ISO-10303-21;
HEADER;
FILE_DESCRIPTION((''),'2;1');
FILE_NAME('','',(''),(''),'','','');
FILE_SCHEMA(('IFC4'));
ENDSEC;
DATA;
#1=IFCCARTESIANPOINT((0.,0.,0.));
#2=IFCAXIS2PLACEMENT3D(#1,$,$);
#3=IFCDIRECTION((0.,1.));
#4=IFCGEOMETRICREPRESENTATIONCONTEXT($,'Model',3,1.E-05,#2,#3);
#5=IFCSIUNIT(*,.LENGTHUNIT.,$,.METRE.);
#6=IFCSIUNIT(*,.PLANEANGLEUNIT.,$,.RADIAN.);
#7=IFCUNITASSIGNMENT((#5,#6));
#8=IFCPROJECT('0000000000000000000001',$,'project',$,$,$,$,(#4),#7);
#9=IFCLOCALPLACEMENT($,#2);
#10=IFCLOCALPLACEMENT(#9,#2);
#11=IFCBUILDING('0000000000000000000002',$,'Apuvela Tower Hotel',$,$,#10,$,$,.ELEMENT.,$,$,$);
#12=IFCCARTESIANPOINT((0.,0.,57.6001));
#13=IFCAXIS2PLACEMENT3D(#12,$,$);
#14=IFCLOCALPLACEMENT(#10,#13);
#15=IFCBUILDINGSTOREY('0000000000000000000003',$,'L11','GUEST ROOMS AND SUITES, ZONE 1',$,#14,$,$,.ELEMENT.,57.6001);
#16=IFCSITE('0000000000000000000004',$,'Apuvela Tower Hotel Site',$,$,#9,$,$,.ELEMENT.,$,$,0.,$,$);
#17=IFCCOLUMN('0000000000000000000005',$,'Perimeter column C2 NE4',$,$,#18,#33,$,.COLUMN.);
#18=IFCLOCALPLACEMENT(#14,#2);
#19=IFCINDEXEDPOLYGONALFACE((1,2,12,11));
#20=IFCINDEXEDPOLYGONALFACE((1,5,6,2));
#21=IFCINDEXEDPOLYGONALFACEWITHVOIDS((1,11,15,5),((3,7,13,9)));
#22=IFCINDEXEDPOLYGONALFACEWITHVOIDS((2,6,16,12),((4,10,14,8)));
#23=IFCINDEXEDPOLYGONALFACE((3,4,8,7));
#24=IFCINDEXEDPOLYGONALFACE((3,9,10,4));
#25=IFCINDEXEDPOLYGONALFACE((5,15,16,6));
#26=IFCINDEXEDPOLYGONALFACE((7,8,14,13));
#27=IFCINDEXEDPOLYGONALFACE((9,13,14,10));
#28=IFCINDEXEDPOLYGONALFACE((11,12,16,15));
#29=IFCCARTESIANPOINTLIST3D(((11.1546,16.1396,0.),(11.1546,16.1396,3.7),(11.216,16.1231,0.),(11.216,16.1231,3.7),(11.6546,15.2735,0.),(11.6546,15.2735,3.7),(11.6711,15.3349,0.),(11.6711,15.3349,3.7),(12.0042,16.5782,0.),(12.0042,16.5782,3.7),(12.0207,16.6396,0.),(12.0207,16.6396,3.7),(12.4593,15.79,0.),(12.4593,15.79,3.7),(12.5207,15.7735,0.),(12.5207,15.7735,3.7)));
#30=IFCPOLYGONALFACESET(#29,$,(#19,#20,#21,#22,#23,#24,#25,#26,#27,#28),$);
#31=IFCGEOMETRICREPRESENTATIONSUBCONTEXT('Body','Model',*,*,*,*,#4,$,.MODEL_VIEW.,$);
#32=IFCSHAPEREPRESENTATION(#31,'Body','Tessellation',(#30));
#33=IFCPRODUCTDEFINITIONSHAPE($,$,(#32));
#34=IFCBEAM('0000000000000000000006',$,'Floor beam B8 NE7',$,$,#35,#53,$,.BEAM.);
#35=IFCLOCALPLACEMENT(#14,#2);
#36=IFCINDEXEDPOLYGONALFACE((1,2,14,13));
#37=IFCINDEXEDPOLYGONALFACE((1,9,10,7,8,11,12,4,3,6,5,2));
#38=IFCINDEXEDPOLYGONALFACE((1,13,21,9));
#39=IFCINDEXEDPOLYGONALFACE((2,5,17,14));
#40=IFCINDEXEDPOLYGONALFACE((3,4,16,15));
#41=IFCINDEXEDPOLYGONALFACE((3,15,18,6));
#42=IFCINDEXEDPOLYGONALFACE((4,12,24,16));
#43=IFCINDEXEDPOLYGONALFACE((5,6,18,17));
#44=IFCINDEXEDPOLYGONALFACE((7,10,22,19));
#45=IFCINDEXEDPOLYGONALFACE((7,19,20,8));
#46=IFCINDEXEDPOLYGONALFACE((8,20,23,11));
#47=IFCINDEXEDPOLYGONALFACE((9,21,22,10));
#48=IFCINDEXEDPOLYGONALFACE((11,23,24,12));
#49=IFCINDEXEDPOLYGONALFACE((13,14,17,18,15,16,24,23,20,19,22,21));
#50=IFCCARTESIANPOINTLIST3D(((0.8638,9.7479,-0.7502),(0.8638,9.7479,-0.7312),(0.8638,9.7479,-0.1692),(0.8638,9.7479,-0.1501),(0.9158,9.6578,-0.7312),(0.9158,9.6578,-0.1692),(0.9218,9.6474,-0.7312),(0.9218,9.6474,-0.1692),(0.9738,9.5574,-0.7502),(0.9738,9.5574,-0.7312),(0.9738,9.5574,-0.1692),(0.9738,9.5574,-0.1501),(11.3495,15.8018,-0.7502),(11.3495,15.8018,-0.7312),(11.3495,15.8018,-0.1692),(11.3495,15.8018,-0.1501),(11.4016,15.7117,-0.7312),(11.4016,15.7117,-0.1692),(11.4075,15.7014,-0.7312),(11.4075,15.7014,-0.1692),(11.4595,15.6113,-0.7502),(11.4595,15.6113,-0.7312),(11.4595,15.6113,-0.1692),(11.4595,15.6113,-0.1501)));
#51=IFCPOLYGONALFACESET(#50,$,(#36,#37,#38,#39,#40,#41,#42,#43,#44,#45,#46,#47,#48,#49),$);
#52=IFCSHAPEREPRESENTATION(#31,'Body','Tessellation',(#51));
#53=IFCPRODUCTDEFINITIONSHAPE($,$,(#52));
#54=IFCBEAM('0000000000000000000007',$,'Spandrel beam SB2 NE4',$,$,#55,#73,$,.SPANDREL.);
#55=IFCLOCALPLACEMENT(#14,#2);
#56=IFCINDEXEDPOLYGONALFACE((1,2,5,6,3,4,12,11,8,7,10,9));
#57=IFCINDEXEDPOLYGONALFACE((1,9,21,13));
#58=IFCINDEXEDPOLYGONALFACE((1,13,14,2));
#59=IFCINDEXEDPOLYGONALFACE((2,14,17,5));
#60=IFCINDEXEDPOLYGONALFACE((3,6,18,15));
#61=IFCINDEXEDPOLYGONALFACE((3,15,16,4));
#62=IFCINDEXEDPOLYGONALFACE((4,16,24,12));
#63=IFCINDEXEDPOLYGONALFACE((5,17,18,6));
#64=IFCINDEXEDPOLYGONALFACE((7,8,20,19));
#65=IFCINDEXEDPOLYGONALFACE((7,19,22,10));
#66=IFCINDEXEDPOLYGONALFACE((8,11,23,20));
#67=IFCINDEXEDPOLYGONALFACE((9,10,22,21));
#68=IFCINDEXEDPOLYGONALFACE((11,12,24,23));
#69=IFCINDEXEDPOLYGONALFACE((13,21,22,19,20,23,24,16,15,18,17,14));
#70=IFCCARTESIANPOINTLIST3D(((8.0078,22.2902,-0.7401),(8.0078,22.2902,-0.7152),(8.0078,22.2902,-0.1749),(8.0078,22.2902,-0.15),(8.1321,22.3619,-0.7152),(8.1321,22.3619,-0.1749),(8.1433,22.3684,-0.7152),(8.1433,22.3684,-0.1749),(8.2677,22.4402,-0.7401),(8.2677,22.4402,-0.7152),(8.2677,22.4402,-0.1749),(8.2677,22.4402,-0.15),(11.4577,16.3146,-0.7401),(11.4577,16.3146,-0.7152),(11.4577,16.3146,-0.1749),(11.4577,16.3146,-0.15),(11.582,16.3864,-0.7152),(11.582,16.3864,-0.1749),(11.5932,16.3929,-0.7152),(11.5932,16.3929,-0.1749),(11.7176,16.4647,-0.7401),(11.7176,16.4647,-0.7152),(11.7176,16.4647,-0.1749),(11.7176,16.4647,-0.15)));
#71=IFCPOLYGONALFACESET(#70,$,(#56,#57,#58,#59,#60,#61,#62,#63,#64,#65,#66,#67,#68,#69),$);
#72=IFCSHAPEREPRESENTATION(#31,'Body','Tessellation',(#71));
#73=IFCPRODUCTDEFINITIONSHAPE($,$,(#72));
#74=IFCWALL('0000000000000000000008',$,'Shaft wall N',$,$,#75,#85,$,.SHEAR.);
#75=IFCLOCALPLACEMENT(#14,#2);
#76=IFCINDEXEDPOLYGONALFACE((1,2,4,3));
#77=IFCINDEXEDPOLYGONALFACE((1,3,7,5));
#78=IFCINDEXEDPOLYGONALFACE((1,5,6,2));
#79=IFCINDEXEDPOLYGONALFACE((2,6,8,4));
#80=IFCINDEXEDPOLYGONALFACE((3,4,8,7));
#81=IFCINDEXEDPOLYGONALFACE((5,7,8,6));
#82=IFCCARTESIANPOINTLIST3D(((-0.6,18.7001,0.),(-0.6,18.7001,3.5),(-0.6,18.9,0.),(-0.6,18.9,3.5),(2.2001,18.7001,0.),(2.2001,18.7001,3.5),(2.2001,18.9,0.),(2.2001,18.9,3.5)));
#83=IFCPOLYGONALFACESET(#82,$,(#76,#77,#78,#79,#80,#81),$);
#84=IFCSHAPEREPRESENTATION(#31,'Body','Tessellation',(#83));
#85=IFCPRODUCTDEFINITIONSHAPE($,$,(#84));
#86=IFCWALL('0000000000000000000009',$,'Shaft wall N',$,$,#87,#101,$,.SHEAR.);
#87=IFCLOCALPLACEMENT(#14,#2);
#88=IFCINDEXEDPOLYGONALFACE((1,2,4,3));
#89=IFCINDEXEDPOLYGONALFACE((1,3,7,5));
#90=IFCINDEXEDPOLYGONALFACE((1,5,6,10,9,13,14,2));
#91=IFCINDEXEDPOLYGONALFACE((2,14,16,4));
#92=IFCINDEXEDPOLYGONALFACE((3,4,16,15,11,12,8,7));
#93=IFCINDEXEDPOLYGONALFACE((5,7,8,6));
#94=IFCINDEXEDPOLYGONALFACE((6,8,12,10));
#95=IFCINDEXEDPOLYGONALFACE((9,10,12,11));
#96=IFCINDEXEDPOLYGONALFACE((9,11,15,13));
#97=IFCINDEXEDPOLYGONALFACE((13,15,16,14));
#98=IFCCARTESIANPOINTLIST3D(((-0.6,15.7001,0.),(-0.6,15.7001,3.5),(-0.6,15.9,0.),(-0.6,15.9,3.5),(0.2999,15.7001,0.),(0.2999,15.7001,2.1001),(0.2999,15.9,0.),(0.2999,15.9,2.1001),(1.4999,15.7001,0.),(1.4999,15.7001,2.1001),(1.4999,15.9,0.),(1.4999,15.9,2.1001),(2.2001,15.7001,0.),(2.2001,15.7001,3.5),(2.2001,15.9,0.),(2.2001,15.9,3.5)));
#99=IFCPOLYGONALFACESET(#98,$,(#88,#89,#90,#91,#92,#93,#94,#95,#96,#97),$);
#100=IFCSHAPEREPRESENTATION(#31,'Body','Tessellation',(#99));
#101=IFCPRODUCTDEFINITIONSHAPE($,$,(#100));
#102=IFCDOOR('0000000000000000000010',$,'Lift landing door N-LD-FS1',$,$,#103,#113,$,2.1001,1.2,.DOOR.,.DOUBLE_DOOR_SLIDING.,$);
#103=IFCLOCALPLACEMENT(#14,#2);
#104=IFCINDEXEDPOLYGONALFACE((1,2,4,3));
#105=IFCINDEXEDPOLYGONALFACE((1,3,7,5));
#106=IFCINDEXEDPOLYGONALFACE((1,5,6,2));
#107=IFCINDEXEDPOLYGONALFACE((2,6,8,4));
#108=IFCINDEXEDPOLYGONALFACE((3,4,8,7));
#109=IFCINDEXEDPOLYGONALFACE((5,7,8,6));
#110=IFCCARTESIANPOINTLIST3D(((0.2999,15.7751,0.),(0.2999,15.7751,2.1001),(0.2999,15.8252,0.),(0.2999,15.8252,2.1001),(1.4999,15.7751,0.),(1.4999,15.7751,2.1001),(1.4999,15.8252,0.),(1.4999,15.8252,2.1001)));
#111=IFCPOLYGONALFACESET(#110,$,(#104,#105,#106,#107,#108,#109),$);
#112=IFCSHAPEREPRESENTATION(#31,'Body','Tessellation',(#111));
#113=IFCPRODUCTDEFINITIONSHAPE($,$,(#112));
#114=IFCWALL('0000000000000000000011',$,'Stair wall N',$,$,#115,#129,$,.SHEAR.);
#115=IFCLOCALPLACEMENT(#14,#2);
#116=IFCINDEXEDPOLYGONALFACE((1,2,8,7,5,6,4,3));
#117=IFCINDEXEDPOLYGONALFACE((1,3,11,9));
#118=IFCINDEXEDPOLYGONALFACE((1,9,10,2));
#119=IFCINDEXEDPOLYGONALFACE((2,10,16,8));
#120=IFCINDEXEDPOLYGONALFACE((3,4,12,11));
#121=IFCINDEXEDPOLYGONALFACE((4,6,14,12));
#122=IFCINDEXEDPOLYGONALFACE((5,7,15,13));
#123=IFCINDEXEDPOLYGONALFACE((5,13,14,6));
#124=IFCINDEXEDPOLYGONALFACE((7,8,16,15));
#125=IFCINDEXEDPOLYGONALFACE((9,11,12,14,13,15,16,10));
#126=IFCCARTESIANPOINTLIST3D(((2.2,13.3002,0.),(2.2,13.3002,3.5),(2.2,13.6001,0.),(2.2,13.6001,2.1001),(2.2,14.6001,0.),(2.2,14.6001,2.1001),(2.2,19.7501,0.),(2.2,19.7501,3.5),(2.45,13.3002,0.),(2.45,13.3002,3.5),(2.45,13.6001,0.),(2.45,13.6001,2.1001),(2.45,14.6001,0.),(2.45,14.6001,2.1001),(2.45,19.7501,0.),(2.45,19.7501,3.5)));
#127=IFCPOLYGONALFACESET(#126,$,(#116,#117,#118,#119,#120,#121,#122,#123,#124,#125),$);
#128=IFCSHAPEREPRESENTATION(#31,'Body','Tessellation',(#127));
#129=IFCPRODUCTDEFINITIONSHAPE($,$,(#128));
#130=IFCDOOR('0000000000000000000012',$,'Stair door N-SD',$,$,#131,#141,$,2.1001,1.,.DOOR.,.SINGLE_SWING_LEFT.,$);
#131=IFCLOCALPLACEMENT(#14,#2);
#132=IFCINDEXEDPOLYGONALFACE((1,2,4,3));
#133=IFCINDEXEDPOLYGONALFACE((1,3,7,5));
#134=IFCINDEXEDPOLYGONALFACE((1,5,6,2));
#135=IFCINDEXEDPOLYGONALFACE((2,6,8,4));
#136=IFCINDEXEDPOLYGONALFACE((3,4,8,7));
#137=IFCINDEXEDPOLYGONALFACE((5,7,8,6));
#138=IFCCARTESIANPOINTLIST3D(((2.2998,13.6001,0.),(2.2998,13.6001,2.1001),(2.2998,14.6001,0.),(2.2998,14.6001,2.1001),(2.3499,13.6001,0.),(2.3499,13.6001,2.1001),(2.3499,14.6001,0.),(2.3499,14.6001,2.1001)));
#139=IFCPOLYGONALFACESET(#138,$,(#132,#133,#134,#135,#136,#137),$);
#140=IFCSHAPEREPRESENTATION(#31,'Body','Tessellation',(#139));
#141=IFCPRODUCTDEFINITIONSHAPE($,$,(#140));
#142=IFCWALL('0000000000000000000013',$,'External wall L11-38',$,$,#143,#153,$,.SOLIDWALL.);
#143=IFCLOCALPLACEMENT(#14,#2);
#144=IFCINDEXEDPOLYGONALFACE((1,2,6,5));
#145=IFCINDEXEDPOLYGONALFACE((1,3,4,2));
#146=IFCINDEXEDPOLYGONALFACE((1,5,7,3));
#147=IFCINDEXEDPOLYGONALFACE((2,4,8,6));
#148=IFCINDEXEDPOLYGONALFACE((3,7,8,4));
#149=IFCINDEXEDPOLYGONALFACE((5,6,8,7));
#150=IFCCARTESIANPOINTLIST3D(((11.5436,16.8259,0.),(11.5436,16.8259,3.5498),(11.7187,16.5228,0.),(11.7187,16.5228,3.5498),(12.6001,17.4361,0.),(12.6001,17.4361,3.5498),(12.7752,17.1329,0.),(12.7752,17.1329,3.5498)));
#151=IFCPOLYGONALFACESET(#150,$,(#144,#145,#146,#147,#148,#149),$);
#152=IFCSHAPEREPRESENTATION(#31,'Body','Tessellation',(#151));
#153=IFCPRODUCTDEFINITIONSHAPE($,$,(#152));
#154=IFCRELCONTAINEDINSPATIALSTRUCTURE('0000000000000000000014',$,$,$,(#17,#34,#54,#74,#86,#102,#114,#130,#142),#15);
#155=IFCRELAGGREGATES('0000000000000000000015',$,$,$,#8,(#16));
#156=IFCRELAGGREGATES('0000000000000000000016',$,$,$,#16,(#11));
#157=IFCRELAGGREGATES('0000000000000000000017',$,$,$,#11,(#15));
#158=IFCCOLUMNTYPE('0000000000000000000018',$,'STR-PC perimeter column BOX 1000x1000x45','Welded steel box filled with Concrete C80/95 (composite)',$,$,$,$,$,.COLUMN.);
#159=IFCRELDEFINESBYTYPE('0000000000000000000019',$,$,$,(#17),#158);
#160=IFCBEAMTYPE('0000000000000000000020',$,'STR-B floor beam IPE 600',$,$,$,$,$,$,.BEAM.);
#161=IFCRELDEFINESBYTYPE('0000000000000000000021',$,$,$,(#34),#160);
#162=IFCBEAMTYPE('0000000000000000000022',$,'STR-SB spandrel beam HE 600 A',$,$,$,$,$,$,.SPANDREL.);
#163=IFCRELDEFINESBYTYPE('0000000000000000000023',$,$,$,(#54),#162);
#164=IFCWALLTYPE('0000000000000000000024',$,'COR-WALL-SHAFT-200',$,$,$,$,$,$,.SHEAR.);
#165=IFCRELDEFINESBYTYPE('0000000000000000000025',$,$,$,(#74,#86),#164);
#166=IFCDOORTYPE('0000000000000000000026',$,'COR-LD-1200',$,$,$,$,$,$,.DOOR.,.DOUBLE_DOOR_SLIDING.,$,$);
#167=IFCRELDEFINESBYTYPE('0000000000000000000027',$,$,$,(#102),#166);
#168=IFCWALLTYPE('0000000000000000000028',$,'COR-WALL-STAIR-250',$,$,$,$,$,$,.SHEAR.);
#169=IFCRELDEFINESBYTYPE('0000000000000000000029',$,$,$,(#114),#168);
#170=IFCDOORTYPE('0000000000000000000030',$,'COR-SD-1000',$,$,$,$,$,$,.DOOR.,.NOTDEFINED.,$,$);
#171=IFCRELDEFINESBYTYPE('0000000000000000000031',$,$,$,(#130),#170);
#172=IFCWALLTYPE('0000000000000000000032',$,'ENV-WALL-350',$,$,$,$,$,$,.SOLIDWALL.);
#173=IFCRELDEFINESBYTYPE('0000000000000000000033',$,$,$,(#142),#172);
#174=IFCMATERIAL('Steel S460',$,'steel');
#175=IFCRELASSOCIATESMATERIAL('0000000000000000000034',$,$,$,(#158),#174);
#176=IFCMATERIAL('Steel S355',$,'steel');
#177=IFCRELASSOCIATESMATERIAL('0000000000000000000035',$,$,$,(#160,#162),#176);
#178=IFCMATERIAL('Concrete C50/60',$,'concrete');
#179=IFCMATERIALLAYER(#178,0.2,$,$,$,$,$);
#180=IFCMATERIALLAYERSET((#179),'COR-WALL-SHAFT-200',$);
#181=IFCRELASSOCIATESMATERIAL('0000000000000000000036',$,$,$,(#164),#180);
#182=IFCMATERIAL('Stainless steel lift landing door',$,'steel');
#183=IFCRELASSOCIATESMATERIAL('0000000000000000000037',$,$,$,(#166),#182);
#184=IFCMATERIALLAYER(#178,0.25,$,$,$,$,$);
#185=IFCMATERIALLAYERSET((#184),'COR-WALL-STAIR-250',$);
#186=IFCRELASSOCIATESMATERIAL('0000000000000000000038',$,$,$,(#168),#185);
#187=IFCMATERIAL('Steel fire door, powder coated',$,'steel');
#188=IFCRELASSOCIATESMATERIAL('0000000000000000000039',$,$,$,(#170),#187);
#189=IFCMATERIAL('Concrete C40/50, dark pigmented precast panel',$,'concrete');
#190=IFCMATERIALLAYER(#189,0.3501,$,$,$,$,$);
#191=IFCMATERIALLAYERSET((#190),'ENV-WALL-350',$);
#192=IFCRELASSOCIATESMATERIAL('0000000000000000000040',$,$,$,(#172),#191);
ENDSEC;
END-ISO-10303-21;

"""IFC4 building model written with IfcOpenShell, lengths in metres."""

from ifc_helpers import new_model, si_unit, direction, frame, frame_2d, origin, origin_2d, place, context, subcontext, project, spatial, rectangle, hollow_rectangle, i_section, extrude, material, layer, layer_set, material_profile, profile_set, type_object, element, fill, save


model = new_model("IFC4")

# Units and contexts
model_context = context("Model", 3, precision=1e-05, world=origin(), true_north=direction((0.0, 1.0)))
body_context = subcontext(model_context, "Body", "Model", "MODEL_VIEW")
ifc_project = project(units=[si_unit("LENGTHUNIT", "METRE"), si_unit("PLANEANGLEUNIT", "RADIAN")], contexts=[model_context])

# Site, building, storey
site_placement = place(None, origin())
site = spatial("IfcSite", under=ifc_project, at=site_placement, Name="Apuvela Tower Hotel Site", CompositionType="ELEMENT", RefElevation=0.0)
building_placement = place(site_placement, origin())
building = spatial("IfcBuilding", under=site, at=building_placement, Name="Apuvela Tower Hotel", CompositionType="ELEMENT")
storey_placement = place(building_placement, frame((0.0, 0.0, 57.6001)))
storey = spatial("IfcBuildingStorey", under=building, at=storey_placement, Name="L11", Description="GUEST ROOMS AND SUITES, ZONE 1", CompositionType="ELEMENT", Elevation=57.6001)

# Column
ifc_material_1 = material(Name="Steel S460", Category="steel")
ifc_material_profile_1 = material_profile(ifc_material_1, hollow_rectangle(XDim=1.0, YDim=1.0, WallThickness=0.0449, at=origin_2d()), Name="BOX 1000x1000x45")
ifc_material_2 = material(Name="Concrete C80/95", Category="concrete")
ifc_material_profile_2 = material_profile(ifc_material_2, rectangle(XDim=0.9099, YDim=0.9099, at=origin_2d()), Name="Concrete C80/95 infill")
ifc_profile_set_1 = profile_set([ifc_material_profile_1, ifc_material_profile_2], Name="Steel S460")
column_type = type_object("IfcColumnType", Name="STR-PC perimeter column BOX 1000x1000x45", Description="Welded steel box filled with Concrete C80/95 (composite)", PredefinedType="COLUMN", material=ifc_profile_set_1)
column_placement = place(storey_placement, frame((11.8376, 15.9565, 0.0), z_axis=(0.0, 0.0, 1.0), x_axis=(-0.5, 0.866025, 0.0)))
element("IfcColumn", 1, at=column_placement, inside=storey, type_object=column_type, Name="Perimeter column C2 NE4", PredefinedType="COLUMN", context=body_context, shape_type="SweptSolid", body=[
    extrude(hollow_rectangle(XDim=1.0, YDim=1.0, WallThickness=0.0449, at=origin_2d()), origin(), (0.0, 0.0, 1.0), 3.7),
])

# Beams
ifc_material_3 = material(Name="Steel S355", Category="steel")
ifc_material_profile_3 = material_profile(ifc_material_3, i_section(OverallWidth=0.22, OverallDepth=0.6001, WebThickness=0.012, FlangeThickness=0.019, at=origin_2d()), Name="IPE 600")
ifc_profile_set_2 = profile_set([ifc_material_profile_3], Name="Steel S355")
beam_type_1 = type_object("IfcBeamType", Name="STR-B floor beam IPE 600", PredefinedType="BEAM", material=ifc_profile_set_2)
beam_1_placement = place(storey_placement, frame((11.4045, 15.7065, -0.4502), z_axis=(-0.866027, -0.499997, 0.0), x_axis=(0.499997, -0.866027, 0.0)))
element("IfcBeam", 2, at=beam_1_placement, inside=storey, type_object=beam_type_1, Name="Floor beam B8 NE7", PredefinedType="BEAM", context=body_context, shape_type="SweptSolid", body=[
    extrude(i_section(OverallWidth=0.22, OverallDepth=0.6001, WebThickness=0.012, FlangeThickness=0.019, at=origin_2d()), origin(), (0.0, 0.0, 1.0), 12.1079),
])
ifc_material_profile_4 = material_profile(ifc_material_3, i_section(OverallWidth=0.3, OverallDepth=0.5901, WebThickness=0.0129, FlangeThickness=0.0249, at=origin_2d()), Name="HE 600 A")
ifc_profile_set_3 = profile_set([ifc_material_profile_4], Name="Steel S355")
beam_type_2 = type_object("IfcBeamType", Name="STR-SB spandrel beam HE 600 A", PredefinedType="SPANDREL", material=ifc_profile_set_3)
beam_2_placement = place(storey_placement, frame((11.5876, 16.3896, -0.4451), z_axis=(-0.499994, 0.866029, 0.0), x_axis=(-0.866029, -0.499994, 0.0)))
element("IfcBeam", 3, at=beam_2_placement, inside=storey, type_object=beam_type_2, Name="Spandrel beam SB2 NE4", PredefinedType="SPANDREL", context=body_context, shape_type="SweptSolid", body=[
    extrude(i_section(OverallWidth=0.3, OverallDepth=0.5901, WebThickness=0.0129, FlangeThickness=0.0249, at=origin_2d()), origin(), (0.0, 0.0, 1.0), 6.8999),
])

# Wall
ifc_material_4 = material(Name="Concrete C50/60", Category="concrete")
ifc_layer_1 = layer(ifc_material_4, 0.2)
ifc_layer_set_1 = layer_set([ifc_layer_1], Name="COR-WALL-SHAFT-200")
wall_type_1 = type_object("IfcWallType", Name="COR-WALL-SHAFT-200", PredefinedType="SHEAR", material=ifc_layer_set_1)
wall_1_placement = place(storey_placement, frame((2.2, 18.8, 0.0), z_axis=(0.0, 0.0, 1.0), x_axis=(-1.0, 0.0, 0.0)))
element("IfcWall", 4, at=wall_1_placement, inside=storey, type_object=wall_type_1, Name="Shaft wall N", PredefinedType="SHEAR", context=body_context, shape_type="SweptSolid", body=[
    extrude(rectangle(XDim=2.8, YDim=0.2, at=frame_2d((1.3999, 0.0))), origin(), (0.0, 0.0, 1.0), 3.5),
])

# Walls, openings, doors
wall_2_placement = place(storey_placement, frame((2.2, 15.8, 0.0), z_axis=(0.0, 0.0, 1.0), x_axis=(-1.0, 0.0, 0.0)))
wall_2 = element("IfcWall", 5, at=wall_2_placement, inside=storey, type_object=wall_type_1, Name="Shaft wall N", PredefinedType="SHEAR", context=body_context, shape_type="SweptSolid", body=[
    extrude(rectangle(XDim=2.8, YDim=0.2, at=frame_2d((1.3999, 0.0))), origin(), (0.0, 0.0, 1.0), 3.5),
])
opening_1_placement = place(wall_2_placement, frame((0.7, 0.0, 0.0)))
opening_1 = element("IfcOpeningElement", 6, at=opening_1_placement, cuts=wall_2, PredefinedType="OPENING", context=body_context, shape_type="SweptSolid", body=[
    extrude(rectangle(XDim=1.2, YDim=2.1001, at=frame_2d((0.6001, 1.05))), frame((0.0, 0.1099, 0.0), z_axis=(0.0, -1.0, 0.0), x_axis=(1.0, 0.0, 0.0)), (0.0, 0.0, 1.0), 0.22),
])
ifc_material_5 = material(Name="Stainless steel lift landing door", Category="steel")
door_type_1 = type_object("IfcDoorType", Name="COR-LD-1200", OperationType="DOUBLE_DOOR_SLIDING", PredefinedType="DOOR", material=ifc_material_5)
door_1_placement = place(opening_1_placement, origin())
door_1 = element("IfcDoor", 7, at=door_1_placement, inside=storey, type_object=door_type_1, Name="Lift landing door N-LD-FS1", OperationType="DOUBLE_DOOR_SLIDING", OverallHeight=2.1001, OverallWidth=1.2, PredefinedType="DOOR", context=body_context, shape_type="SweptSolid", body=[
    extrude(rectangle(XDim=1.2, YDim=2.1001, at=frame_2d((0.6001, 1.05))), frame((0.0, 0.0249, 0.0), z_axis=(0.0, -1.0, 0.0), x_axis=(1.0, 0.0, 0.0)), (0.0, 0.0, 1.0), 0.05),
])
fill(opening_1, door_1)
ifc_layer_2 = layer(ifc_material_4, 0.25)
ifc_layer_set_2 = layer_set([ifc_layer_2], Name="COR-WALL-STAIR-250")
wall_type_2 = type_object("IfcWallType", Name="COR-WALL-STAIR-250", PredefinedType="SHEAR", material=ifc_layer_set_2)
wall_3_placement = place(storey_placement, frame((2.325, 13.3, 0.0), z_axis=(0.0, 0.0, 1.0), x_axis=(0.0, 1.0, 0.0)))
wall_3 = element("IfcWall", 8, at=wall_3_placement, inside=storey, type_object=wall_type_2, Name="Stair wall N", PredefinedType="SHEAR", context=body_context, shape_type="SweptSolid", body=[
    extrude(rectangle(XDim=6.45, YDim=0.25, at=frame_2d((3.2251, 0.0))), origin(), (0.0, 0.0, 1.0), 3.5),
])
opening_2_placement = place(wall_3_placement, frame((0.3, 0.0, 0.0)))
opening_2 = element("IfcOpeningElement", 9, at=opening_2_placement, cuts=wall_3, PredefinedType="OPENING", context=body_context, shape_type="SweptSolid", body=[
    extrude(rectangle(XDim=1.0, YDim=2.1001, at=frame_2d((0.5, 1.05))), frame((0.0, 0.135, 0.0), z_axis=(0.0, -1.0, 0.0), x_axis=(1.0, 0.0, 0.0)), (0.0, 0.0, 1.0), 0.27),
])
ifc_material_6 = material(Name="Steel fire door, powder coated", Category="steel")
door_type_2 = type_object("IfcDoorType", Name="COR-SD-1000", OperationType="NOTDEFINED", PredefinedType="DOOR", material=ifc_material_6)
door_2_placement = place(opening_2_placement, frame((1.0, 0.0, 0.0), z_axis=(0.0, 0.0, 1.0), x_axis=(-1.0, 0.0, 0.0)))
door_2 = element("IfcDoor", 10, at=door_2_placement, inside=storey, type_object=door_type_2, Name="Stair door N-SD", OperationType="SINGLE_SWING_LEFT", OverallHeight=2.1001, OverallWidth=1.0, PredefinedType="DOOR", context=body_context, shape_type="SweptSolid", body=[
    extrude(rectangle(XDim=1.0, YDim=2.1001, at=frame_2d((0.5, 1.05))), frame((0.0, 0.0249, 0.0), z_axis=(0.0, -1.0, 0.0), x_axis=(1.0, 0.0, 0.0)), (0.0, 0.0, 1.0), 0.05),
])
fill(opening_2, door_2)

# Wall
ifc_material_7 = material(Name="Concrete C40/50, dark pigmented precast panel", Category="concrete")
ifc_layer_3 = layer(ifc_material_7, 0.3501)
ifc_layer_set_3 = layer_set([ifc_layer_3], Name="ENV-WALL-350")
wall_type_3 = type_object("IfcWallType", Name="ENV-WALL-350", PredefinedType="SOLIDWALL", material=ifc_layer_set_3)
wall_4_placement = place(storey_placement, frame((12.6875, 17.2844, 0.0), z_axis=(0.0, 0.0, 1.0), x_axis=(-0.865956, -0.500121, 0.0)))
element("IfcWall", 11, at=wall_4_placement, inside=storey, type_object=wall_type_3, Name="External wall L11-38", PredefinedType="SOLIDWALL", context=body_context, shape_type="SweptSolid", body=[
    extrude(rectangle(XDim=1.22, YDim=0.3501, at=frame_2d((0.6099, 0.0))), origin(), (0.0, 0.0, 1.0), 3.5498),
])

save(model, "model.ifc")
